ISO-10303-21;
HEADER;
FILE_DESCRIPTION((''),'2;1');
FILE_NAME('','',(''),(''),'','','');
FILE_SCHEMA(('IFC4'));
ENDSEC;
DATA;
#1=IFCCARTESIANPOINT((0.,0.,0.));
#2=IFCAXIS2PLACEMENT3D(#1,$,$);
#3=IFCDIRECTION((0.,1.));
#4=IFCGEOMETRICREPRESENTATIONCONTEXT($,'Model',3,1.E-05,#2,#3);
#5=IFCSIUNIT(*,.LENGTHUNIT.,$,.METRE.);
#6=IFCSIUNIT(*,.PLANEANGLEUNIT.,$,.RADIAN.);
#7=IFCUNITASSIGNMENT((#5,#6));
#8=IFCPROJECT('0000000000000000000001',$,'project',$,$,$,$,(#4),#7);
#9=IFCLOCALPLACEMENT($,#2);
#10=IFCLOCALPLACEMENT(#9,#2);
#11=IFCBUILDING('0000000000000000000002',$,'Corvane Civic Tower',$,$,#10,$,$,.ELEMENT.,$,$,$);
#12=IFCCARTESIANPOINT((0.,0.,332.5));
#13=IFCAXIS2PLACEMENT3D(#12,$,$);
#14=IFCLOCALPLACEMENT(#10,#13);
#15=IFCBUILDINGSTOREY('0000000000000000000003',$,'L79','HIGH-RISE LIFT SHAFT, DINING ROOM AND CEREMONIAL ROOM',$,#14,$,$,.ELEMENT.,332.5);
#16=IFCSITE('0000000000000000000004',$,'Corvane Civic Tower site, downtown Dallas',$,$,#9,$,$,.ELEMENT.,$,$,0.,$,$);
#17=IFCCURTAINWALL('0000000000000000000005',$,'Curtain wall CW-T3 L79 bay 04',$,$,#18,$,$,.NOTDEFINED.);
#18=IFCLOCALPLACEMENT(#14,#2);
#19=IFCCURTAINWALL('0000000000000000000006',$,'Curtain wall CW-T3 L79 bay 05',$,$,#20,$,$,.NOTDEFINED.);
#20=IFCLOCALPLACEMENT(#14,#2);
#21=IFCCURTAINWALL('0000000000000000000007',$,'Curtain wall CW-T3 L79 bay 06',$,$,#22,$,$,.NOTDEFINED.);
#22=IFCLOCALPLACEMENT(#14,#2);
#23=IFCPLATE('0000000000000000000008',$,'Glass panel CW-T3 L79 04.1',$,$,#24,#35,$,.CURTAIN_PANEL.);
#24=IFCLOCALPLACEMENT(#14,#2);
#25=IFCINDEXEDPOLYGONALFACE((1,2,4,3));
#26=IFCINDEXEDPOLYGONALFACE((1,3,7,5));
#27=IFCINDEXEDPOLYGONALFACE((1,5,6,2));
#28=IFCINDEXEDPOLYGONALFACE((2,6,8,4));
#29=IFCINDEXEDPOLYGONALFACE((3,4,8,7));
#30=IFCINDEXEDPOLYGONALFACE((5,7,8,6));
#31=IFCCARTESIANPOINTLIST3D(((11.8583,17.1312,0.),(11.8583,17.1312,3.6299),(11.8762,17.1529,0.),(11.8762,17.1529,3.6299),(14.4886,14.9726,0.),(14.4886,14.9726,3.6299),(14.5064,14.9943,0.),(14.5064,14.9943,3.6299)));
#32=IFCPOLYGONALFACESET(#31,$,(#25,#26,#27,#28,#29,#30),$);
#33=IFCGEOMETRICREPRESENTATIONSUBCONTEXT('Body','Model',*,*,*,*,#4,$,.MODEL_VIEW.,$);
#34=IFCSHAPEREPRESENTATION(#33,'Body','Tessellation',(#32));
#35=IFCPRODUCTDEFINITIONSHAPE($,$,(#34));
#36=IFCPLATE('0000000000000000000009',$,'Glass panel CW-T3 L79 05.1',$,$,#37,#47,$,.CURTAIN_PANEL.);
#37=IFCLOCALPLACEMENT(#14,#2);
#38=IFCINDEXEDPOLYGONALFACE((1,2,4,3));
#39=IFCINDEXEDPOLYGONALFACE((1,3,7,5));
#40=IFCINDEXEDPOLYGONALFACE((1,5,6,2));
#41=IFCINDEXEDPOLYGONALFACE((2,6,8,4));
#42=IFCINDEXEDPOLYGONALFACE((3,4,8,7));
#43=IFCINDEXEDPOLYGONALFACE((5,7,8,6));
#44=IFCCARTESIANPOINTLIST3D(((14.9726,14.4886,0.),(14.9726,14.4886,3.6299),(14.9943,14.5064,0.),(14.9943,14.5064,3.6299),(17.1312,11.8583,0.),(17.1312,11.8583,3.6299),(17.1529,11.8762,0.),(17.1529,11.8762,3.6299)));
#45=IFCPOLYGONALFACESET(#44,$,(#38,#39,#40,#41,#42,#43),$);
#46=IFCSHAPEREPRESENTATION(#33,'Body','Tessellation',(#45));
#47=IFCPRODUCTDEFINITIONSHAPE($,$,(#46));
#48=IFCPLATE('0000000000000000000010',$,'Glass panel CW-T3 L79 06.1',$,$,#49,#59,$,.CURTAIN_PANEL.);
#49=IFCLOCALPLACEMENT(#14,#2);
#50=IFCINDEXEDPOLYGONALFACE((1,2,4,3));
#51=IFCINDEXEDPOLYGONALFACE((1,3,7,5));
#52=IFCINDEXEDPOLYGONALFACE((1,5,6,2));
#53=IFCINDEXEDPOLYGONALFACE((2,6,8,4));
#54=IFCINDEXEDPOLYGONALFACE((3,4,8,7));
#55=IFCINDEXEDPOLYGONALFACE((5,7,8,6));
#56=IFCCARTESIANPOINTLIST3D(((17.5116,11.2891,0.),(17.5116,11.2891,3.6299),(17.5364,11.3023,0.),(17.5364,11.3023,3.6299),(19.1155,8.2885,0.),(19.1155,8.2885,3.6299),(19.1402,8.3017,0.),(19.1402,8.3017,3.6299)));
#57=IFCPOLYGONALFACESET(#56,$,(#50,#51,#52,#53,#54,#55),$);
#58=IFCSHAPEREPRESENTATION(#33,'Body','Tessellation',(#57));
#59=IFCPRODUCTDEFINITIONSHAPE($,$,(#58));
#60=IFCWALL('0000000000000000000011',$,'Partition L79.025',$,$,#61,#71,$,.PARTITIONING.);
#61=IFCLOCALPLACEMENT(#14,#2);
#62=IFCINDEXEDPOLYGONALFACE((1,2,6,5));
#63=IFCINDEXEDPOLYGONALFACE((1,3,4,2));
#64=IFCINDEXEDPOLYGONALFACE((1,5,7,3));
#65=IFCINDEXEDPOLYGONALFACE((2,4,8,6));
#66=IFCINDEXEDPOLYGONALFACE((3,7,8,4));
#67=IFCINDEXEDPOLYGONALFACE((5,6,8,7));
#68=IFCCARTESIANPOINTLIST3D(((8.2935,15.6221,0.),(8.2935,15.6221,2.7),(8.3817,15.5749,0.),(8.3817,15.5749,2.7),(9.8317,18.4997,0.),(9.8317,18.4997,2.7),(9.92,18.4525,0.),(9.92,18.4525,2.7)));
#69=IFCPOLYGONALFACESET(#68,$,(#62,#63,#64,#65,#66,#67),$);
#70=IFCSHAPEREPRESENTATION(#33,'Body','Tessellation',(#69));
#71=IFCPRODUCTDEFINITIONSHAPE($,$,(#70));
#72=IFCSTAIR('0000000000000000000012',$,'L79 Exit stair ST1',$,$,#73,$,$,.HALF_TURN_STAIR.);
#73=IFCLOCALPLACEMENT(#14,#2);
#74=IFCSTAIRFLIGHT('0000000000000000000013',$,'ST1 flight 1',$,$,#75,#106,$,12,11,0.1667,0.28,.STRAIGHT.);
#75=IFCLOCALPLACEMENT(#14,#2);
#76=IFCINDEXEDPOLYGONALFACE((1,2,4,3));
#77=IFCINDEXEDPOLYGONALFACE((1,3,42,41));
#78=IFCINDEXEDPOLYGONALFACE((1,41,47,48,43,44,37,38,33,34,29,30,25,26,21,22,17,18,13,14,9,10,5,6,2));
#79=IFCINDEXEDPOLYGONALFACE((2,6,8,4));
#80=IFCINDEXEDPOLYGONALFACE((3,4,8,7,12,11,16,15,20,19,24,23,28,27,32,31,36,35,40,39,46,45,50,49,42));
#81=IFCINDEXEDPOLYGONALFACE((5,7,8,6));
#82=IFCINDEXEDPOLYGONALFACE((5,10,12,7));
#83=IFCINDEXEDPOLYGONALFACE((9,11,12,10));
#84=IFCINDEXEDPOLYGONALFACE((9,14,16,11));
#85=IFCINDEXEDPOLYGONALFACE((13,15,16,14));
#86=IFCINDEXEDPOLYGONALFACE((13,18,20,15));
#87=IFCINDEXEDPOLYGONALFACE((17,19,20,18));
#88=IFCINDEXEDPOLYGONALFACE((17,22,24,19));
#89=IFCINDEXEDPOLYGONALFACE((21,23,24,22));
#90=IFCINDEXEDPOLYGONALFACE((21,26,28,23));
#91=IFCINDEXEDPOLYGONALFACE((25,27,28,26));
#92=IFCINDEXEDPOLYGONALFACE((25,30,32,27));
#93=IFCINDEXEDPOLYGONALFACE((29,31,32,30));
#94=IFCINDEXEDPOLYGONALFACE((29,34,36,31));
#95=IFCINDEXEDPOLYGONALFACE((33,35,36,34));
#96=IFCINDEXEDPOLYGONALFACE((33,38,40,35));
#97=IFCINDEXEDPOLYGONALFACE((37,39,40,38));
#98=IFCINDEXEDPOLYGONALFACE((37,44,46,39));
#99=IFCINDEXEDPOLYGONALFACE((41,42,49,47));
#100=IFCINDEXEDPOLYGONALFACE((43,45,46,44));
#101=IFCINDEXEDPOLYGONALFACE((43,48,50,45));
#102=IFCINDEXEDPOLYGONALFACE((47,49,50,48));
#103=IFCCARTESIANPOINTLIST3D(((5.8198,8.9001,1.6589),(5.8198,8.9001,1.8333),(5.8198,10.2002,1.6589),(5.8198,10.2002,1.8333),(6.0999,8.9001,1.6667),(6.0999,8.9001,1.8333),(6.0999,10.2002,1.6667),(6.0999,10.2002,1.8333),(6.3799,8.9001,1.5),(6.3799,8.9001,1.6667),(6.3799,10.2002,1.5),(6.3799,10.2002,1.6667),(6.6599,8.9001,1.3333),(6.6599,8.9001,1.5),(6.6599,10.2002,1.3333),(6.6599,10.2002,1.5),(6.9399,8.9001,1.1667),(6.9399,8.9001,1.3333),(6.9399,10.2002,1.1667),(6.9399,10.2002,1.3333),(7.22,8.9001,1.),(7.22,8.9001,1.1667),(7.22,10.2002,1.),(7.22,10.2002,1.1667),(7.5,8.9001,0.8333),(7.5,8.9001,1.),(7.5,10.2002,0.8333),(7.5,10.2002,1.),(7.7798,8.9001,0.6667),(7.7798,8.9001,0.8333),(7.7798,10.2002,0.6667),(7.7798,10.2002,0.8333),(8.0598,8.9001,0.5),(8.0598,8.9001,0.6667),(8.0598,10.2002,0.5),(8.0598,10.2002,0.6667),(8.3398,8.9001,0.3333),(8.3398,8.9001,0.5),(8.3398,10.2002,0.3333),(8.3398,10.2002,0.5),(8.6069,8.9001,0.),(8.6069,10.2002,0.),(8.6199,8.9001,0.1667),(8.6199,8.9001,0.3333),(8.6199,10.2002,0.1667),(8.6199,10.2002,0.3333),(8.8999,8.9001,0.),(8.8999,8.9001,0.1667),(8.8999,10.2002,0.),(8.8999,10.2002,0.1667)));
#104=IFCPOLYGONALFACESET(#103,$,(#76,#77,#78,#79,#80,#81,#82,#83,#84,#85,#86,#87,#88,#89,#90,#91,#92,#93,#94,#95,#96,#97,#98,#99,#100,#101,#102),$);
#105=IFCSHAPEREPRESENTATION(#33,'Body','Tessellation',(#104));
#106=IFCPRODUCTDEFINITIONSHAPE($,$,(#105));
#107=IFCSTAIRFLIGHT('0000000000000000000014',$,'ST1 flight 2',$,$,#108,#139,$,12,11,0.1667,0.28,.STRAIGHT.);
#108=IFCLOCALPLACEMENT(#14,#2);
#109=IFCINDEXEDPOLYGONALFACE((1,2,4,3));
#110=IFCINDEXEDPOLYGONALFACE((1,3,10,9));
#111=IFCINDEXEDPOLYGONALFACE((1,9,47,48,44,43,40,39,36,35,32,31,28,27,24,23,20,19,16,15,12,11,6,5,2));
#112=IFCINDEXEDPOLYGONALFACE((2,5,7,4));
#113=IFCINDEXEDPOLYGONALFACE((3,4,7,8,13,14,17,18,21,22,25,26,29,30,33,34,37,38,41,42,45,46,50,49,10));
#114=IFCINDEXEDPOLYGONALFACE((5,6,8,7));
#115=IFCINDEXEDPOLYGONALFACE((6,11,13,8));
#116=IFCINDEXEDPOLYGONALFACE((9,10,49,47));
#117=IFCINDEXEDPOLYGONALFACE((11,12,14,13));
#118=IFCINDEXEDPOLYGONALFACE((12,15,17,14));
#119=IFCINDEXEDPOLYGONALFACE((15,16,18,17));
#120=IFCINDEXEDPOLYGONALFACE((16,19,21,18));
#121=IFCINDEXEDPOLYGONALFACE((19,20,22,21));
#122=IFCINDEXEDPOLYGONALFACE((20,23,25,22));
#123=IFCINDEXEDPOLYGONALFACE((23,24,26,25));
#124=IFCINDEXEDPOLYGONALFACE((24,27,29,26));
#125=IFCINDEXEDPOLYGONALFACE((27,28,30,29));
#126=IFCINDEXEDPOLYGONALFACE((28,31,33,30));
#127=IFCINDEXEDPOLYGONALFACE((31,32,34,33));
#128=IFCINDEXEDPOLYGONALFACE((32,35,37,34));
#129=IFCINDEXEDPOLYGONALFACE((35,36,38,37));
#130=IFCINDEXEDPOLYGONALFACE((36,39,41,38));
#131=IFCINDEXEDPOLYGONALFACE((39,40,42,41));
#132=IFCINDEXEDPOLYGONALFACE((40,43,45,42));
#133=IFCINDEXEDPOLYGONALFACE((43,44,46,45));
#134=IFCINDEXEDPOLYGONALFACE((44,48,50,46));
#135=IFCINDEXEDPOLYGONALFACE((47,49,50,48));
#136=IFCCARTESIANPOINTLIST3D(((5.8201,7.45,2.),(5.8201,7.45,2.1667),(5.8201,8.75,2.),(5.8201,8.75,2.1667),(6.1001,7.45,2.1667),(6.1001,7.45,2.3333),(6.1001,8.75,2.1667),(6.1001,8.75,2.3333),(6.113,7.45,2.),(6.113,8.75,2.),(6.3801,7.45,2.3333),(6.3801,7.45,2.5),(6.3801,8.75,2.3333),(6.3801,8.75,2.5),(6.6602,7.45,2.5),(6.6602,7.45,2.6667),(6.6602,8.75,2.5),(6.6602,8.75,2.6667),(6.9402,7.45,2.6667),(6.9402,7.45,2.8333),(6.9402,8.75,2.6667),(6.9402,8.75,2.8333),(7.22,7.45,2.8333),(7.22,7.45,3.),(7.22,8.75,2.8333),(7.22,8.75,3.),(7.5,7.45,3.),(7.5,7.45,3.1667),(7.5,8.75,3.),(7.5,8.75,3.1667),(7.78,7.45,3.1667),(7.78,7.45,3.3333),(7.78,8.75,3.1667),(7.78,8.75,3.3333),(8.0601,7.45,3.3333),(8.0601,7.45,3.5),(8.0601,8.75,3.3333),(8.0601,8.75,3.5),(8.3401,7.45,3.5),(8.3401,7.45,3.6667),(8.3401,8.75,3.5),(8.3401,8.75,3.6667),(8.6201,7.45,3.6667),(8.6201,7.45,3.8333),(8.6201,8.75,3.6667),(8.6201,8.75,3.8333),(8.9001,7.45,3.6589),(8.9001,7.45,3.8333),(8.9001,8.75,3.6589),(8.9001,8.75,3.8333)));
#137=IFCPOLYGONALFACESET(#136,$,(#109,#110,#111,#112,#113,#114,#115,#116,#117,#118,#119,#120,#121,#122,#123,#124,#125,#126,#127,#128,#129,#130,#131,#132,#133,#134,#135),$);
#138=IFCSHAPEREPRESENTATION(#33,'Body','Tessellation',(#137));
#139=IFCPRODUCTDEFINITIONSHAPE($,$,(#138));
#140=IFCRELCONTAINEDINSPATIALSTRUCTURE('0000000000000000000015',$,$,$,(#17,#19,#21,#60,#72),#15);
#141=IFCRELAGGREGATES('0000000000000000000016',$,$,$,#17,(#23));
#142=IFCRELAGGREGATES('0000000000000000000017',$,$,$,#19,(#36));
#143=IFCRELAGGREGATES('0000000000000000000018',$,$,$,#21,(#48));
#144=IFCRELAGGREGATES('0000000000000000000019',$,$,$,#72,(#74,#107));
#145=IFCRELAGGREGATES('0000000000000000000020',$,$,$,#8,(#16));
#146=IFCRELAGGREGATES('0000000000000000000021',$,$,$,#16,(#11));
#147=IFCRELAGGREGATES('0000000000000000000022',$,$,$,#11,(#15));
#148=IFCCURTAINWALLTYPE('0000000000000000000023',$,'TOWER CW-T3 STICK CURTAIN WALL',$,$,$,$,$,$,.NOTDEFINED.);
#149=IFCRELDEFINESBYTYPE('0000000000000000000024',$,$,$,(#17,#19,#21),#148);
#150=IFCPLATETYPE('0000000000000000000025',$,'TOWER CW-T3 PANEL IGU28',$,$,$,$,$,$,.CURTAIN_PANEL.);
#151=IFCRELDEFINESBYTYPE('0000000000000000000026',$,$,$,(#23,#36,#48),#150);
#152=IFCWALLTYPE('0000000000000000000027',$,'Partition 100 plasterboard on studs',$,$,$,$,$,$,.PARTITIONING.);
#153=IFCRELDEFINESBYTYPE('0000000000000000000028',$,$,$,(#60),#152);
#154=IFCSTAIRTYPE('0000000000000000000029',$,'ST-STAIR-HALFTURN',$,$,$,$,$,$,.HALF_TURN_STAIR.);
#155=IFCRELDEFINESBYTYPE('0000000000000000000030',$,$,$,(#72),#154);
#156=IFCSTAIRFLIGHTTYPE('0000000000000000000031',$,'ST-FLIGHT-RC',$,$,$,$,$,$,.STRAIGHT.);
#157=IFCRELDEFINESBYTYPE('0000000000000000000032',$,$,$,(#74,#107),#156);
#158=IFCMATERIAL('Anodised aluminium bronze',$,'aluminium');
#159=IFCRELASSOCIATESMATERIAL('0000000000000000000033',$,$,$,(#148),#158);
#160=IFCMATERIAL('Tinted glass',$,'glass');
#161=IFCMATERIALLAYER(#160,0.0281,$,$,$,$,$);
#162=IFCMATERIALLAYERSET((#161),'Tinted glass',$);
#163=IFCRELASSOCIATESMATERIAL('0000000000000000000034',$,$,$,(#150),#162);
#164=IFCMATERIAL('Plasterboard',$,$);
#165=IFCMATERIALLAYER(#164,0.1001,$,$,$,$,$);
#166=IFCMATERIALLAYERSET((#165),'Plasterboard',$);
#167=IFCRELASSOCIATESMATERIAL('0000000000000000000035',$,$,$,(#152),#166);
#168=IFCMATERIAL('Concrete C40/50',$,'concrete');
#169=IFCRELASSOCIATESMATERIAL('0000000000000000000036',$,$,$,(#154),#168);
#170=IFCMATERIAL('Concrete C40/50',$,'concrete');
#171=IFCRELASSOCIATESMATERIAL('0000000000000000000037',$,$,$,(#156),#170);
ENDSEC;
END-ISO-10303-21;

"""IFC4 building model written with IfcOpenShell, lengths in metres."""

from ifc_helpers import new_model, si_unit, direction, frame, frame_2d, origin, origin_2d, place, context, subcontext, project, spatial, polyline, rectangle, outline, extrude, material, layer, layer_set, type_object, element, aggregate, save


model = new_model("IFC4")

# Units and contexts
model_context = context("Model", 3, precision=1e-05, world=origin(), true_north=direction((0.0, 1.0)))
body_context = subcontext(model_context, "Body", "Model", "MODEL_VIEW")
ifc_project = project(units=[si_unit("LENGTHUNIT", "METRE"), si_unit("PLANEANGLEUNIT", "RADIAN")], contexts=[model_context])

# Site, building, storey
site_placement = place(None, origin())
site = spatial("IfcSite", under=ifc_project, at=site_placement, Name="Corvane Civic Tower site, downtown Dallas", CompositionType="ELEMENT", RefElevation=0.0)
building_placement = place(site_placement, origin())
building = spatial("IfcBuilding", under=site, at=building_placement, Name="Corvane Civic Tower", CompositionType="ELEMENT")
storey_placement = place(building_placement, frame((0.0, 0.0, 332.5)))
storey = spatial("IfcBuildingStorey", under=building, at=storey_placement, Name="L79", Description="HIGH-RISE LIFT SHAFT, DINING ROOM AND CEREMONIAL ROOM", CompositionType="ELEMENT", Elevation=332.5)

# Curtain walls
ifc_material_1 = material(Name="Anodised aluminium bronze", Category="aluminium")
curtain_wall_type = type_object("IfcCurtainWallType", Name="TOWER CW-T3 STICK CURTAIN WALL", PredefinedType="NOTDEFINED", material=ifc_material_1)
curtain_wall_1_placement = place(storey_placement, origin())
curtain_wall_1 = element("IfcCurtainWall", 1, at=curtain_wall_1_placement, inside=storey, type_object=curtain_wall_type, Name="Curtain wall CW-T3 L79 bay 04", PredefinedType="NOTDEFINED")
curtain_wall_2_placement = place(storey_placement, origin())
curtain_wall_2 = element("IfcCurtainWall", 2, at=curtain_wall_2_placement, inside=storey, type_object=curtain_wall_type, Name="Curtain wall CW-T3 L79 bay 05", PredefinedType="NOTDEFINED")
curtain_wall_3_placement = place(storey_placement, origin())
curtain_wall_3 = element("IfcCurtainWall", 3, at=curtain_wall_3_placement, inside=storey, type_object=curtain_wall_type, Name="Curtain wall CW-T3 L79 bay 06", PredefinedType="NOTDEFINED")

# Plates
ifc_material_2 = material(Name="Tinted glass", Category="glass")
ifc_layer_1 = layer(ifc_material_2, 0.0281)
ifc_layer_set_1 = layer_set([ifc_layer_1], Name="Tinted glass")
plate_type = type_object("IfcPlateType", Name="TOWER CW-T3 PANEL IGU28", PredefinedType="CURTAIN_PANEL", material=ifc_layer_set_1)
plate_1_placement = place(storey_placement, frame((13.1824, 16.0627, 0.0), z_axis=(0.0, 0.0, 1.0), x_axis=(0.77301, -0.634393, 0.0)))
plate_1 = element("IfcPlate", 4, at=plate_1_placement, type_object=plate_type, Name="Glass panel CW-T3 L79 04.1", PredefinedType="CURTAIN_PANEL", context=body_context, shape_type="SweptSolid", body=[
    extrude(rectangle(XDim=3.4026, YDim=0.0281, at=origin_2d()), origin(), (0.0, 0.0, 1.0), 3.6299),
])
aggregate(curtain_wall_1, [plate_1])
plate_2_placement = place(storey_placement, frame((16.0627, 13.1824, 0.0), z_axis=(0.0, 0.0, 1.0), x_axis=(0.634393, -0.77301, 0.0)))
plate_2 = element("IfcPlate", 5, at=plate_2_placement, type_object=plate_type, Name="Glass panel CW-T3 L79 05.1", PredefinedType="CURTAIN_PANEL", context=body_context, shape_type="SweptSolid", body=[
    extrude(rectangle(XDim=3.4026, YDim=0.0281, at=origin_2d()), origin(), (0.0, 0.0, 1.0), 3.6299),
])
aggregate(curtain_wall_2, [plate_2])
plate_3_placement = place(storey_placement, frame((18.3259, 9.7954, 0.0), z_axis=(0.0, 0.0, 1.0), x_axis=(0.471384, -0.881928, 0.0)))
plate_3 = element("IfcPlate", 6, at=plate_3_placement, type_object=plate_type, Name="Glass panel CW-T3 L79 06.1", PredefinedType="CURTAIN_PANEL", context=body_context, shape_type="SweptSolid", body=[
    extrude(rectangle(XDim=3.4023, YDim=0.0281, at=origin_2d()), origin(), (0.0, 0.0, 1.0), 3.6299),
])
aggregate(curtain_wall_3, [plate_3])

# Wall
ifc_material_3 = material(Name="Plasterboard")
ifc_layer_2 = layer(ifc_material_3, 0.1001)
ifc_layer_set_2 = layer_set([ifc_layer_2], Name="Plasterboard")
wall_type = type_object("IfcWallType", Name="Partition 100 plasterboard on studs", PredefinedType="PARTITIONING", material=ifc_layer_set_2)
wall_placement = place(storey_placement, frame((8.3376, 15.5986, 0.0), z_axis=(0.0, 0.0, 1.0), x_axis=(0.471438, 0.881899, 0.0)))
element("IfcWall", 7, at=wall_placement, inside=storey, type_object=wall_type, Name="Partition L79.025", PredefinedType="PARTITIONING", context=body_context, shape_type="SweptSolid", body=[
    extrude(rectangle(XDim=3.2629, YDim=0.1001, at=frame_2d((1.6313, 0.0))), origin(), (0.0, 0.0, 1.0), 2.7),
])

# Stair, stair flights
ifc_material_4 = material(Name="Concrete C40/50", Category="concrete")
stair_type = type_object("IfcStairType", Name="ST-STAIR-HALFTURN", PredefinedType="HALF_TURN_STAIR", material=ifc_material_4)
stair_placement = place(storey_placement, origin())
stair = element("IfcStair", 8, at=stair_placement, inside=storey, type_object=stair_type, Name="L79 Exit stair ST1", PredefinedType="HALF_TURN_STAIR")
ifc_material_5 = material(Name="Concrete C40/50", Category="concrete")
stair_flight_type = type_object("IfcStairFlightType", Name="ST-FLIGHT-RC", PredefinedType="STRAIGHT", material=ifc_material_5)
stair_flight_1_placement = place(storey_placement, frame((8.8999, 9.55, 0.0), z_axis=(0.0, 0.0, 1.0), x_axis=(-1.0, 0.0, 0.0)))
stair_flight_1 = element("IfcStairFlight", 9, at=stair_flight_1_placement, type_object=stair_flight_type, Name="ST1 flight 1", NumberOfRisers=12, NumberOfTreads=11, PredefinedType="STRAIGHT", RiserHeight=0.1667, TreadLength=0.28, context=body_context, shape_type="SweptSolid", body=[
    extrude(outline(polyline([(0.0, 0.0), (0.0, 0.1667), (0.28, 0.1667), (0.28, 0.3333), (0.5601, 0.3333), (0.5601, 0.5), (0.8401, 0.5), (0.8401, 0.6667), (1.1201, 0.6667), (1.1201, 0.8333), (1.3999, 0.8333), (1.3999, 1.0), (1.6799, 1.0), (1.6799, 1.1667), (1.96, 1.1667), (1.96, 1.3333), (2.24, 1.3333), (2.24, 1.5), (2.52, 1.5), (2.52, 1.6667), (2.8, 1.6667), (2.8, 1.8333), (3.0801, 1.8333), (3.0801, 2.0), (3.0801, 1.6589), (0.293, 0.0), (0.0, 0.0)])), frame((0.0, 0.6499, 0.0), z_axis=(0.0, -1.0, 0.0), x_axis=(1.0, 0.0, 0.0)), (0.0, 0.0, 1.0), 1.3),
])
stair_flight_2_placement = place(storey_placement, frame((5.8201, 8.1001, 2.0), z_axis=(0.0, 0.0, 1.0), x_axis=(1.0, 0.0, 0.0)))
stair_flight_2 = element("IfcStairFlight", 10, at=stair_flight_2_placement, type_object=stair_flight_type, Name="ST1 flight 2", NumberOfRisers=12, NumberOfTreads=11, PredefinedType="STRAIGHT", RiserHeight=0.1667, TreadLength=0.28, context=body_context, shape_type="SweptSolid", body=[
    extrude(outline(polyline([(0.0, 0.0), (0.0, 0.1667), (0.28, 0.1667), (0.28, 0.3333), (0.5601, 0.3333), (0.5601, 0.5), (0.8401, 0.5), (0.8401, 0.6667), (1.1201, 0.6667), (1.1201, 0.8333), (1.3999, 0.8333), (1.3999, 1.0), (1.6799, 1.0), (1.6799, 1.1667), (1.96, 1.1667), (1.96, 1.3333), (2.24, 1.3333), (2.24, 1.5), (2.52, 1.5), (2.52, 1.6667), (2.8, 1.6667), (2.8, 1.8333), (3.0801, 1.8333), (3.0801, 2.0), (3.0801, 1.6589), (0.293, 0.0), (0.0, 0.0)])), frame((0.0, 0.6499, 0.0), z_axis=(0.0, -1.0, 0.0), x_axis=(1.0, 0.0, 0.0)), (0.0, 0.0, 1.0), 1.3),
])
aggregate(stair, [stair_flight_1, stair_flight_2])

save(model, "model.ifc")
